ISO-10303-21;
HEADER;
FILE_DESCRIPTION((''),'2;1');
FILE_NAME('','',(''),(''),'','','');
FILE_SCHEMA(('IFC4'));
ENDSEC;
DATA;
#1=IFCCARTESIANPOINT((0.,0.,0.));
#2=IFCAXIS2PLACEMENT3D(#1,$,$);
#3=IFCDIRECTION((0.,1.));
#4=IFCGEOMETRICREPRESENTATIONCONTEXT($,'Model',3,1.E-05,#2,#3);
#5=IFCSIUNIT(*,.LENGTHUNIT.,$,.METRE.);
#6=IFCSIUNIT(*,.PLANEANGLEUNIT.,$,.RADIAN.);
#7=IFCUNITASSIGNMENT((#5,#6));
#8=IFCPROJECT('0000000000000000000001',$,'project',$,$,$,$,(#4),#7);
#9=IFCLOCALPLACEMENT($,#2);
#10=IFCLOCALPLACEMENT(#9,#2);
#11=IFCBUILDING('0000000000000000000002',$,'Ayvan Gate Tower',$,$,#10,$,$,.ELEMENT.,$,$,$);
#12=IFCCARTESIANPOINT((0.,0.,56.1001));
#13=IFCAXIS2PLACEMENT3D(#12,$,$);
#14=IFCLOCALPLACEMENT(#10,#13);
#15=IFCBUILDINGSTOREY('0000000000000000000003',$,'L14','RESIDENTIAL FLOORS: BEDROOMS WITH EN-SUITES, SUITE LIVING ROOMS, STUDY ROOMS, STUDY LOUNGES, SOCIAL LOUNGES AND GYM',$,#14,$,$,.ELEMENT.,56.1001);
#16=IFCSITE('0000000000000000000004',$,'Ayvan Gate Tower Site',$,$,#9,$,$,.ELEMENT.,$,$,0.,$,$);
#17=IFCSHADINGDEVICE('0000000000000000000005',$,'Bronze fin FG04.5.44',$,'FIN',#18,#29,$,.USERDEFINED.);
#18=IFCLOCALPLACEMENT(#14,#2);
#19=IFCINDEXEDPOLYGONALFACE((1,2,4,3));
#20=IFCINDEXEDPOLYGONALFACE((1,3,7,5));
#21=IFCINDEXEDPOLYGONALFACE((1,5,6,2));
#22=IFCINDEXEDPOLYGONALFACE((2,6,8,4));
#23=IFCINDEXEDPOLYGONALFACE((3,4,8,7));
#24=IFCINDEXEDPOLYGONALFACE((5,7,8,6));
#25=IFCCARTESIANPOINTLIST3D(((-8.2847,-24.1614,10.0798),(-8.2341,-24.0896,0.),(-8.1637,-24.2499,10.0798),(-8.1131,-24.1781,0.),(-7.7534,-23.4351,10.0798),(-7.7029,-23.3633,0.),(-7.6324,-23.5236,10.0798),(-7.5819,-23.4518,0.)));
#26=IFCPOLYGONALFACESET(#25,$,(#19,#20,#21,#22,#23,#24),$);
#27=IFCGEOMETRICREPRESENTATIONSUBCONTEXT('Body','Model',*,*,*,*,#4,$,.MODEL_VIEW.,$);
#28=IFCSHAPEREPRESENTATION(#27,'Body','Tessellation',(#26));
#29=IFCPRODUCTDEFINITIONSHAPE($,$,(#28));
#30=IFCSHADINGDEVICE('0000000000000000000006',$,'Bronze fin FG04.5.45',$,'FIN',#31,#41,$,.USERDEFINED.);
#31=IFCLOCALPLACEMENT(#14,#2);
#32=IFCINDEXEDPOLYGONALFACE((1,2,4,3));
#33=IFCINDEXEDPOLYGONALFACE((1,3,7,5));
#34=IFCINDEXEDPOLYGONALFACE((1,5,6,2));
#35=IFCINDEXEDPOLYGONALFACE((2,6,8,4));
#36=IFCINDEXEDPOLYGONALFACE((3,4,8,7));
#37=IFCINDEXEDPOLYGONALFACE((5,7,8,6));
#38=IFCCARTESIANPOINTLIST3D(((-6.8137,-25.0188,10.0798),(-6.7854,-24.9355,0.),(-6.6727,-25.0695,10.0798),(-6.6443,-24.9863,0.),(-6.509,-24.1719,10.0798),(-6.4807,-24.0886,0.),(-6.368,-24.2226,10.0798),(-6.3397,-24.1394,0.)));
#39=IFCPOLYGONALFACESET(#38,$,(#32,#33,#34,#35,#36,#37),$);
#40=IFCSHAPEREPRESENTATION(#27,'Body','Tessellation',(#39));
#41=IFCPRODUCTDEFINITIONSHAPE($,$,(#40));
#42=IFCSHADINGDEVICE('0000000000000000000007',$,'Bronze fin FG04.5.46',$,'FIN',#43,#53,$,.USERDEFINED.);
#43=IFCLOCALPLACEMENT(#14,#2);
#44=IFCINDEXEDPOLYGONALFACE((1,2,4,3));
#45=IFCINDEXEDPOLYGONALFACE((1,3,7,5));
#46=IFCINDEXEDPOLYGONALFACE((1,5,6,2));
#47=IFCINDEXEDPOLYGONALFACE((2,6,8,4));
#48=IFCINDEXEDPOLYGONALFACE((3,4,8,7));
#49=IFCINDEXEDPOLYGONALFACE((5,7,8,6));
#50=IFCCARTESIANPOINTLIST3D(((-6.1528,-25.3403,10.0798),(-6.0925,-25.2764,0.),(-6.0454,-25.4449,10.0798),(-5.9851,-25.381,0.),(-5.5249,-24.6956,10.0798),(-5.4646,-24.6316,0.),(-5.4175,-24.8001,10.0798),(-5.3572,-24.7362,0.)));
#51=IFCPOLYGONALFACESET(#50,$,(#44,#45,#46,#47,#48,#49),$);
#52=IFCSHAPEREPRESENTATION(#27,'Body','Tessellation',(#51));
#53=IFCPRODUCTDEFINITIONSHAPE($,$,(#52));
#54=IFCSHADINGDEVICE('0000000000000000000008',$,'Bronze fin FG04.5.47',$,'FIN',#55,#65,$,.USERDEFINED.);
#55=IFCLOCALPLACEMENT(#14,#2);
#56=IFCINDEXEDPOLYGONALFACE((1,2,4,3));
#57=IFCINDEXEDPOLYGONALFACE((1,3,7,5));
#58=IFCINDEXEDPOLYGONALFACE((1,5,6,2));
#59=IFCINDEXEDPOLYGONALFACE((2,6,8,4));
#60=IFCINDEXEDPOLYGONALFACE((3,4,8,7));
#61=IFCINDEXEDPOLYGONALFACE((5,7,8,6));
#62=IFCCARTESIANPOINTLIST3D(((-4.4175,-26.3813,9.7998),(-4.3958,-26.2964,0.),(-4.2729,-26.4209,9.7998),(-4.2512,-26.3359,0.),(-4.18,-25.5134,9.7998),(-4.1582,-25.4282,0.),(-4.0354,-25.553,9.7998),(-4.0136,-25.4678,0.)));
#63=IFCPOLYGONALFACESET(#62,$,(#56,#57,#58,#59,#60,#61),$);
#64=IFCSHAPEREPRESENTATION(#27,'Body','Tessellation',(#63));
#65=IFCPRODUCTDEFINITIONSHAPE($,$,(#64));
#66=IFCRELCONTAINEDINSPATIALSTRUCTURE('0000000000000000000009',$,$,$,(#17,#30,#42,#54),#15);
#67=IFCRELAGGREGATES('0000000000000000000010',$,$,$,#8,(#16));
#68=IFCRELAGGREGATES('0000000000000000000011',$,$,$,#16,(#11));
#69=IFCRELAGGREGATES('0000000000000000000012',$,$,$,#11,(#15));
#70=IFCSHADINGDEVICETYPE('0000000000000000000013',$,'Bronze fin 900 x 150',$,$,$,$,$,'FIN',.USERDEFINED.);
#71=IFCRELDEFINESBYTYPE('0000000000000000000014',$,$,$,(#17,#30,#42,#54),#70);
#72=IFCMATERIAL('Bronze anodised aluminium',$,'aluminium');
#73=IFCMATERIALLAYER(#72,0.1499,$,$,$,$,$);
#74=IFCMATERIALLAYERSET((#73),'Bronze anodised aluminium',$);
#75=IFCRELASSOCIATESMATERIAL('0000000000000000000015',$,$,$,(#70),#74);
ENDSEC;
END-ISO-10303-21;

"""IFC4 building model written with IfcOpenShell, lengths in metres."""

from ifc_helpers import new_model, si_unit, direction, frame, origin, place, context, subcontext, project, spatial, polyline, outline, extrude, material, layer, layer_set, type_object, element, save


model = new_model("IFC4")

# Units and contexts
model_context = context("Model", 3, precision=1e-05, world=origin(), true_north=direction((0.0, 1.0)))
body_context = subcontext(model_context, "Body", "Model", "MODEL_VIEW")
ifc_project = project(units=[si_unit("LENGTHUNIT", "METRE"), si_unit("PLANEANGLEUNIT", "RADIAN")], contexts=[model_context])

# Site, building, storey
site_placement = place(None, origin())
site = spatial("IfcSite", under=ifc_project, at=site_placement, Name="Ayvan Gate Tower Site", CompositionType="ELEMENT", RefElevation=0.0)
building_placement = place(site_placement, origin())
building = spatial("IfcBuilding", under=site, at=building_placement, Name="Ayvan Gate Tower", CompositionType="ELEMENT")
storey_placement = place(building_placement, frame((0.0, 0.0, 56.1001)))
storey = spatial("IfcBuildingStorey", under=building, at=storey_placement, Name="L14", Description="RESIDENTIAL FLOORS: BEDROOMS WITH EN-SUITES, SUITE LIVING ROOMS, STUDY ROOMS, STUDY LOUNGES, SOCIAL LOUNGES AND GYM", CompositionType="ELEMENT", Elevation=56.1001)

# Shared definitions
ifc_material_1 = material(Name="Bronze anodised aluminium", Category="aluminium")

# Shading devices
ifc_layer_1 = layer(ifc_material_1, 0.1499)
ifc_layer_set_1 = layer_set([ifc_layer_1], Name="Bronze anodised aluminium")
shading_device_type = type_object("IfcShadingDeviceType", Name="Bronze fin 900 x 150", ElementType="FIN", PredefinedType="USERDEFINED", material=ifc_layer_set_1)
shading_device_1_placement = place(storey_placement, frame((-7.7029, -23.3633, 0.0), z_axis=(-0.807138, 0.590363, 0.000157), x_axis=(-0.590363, -0.807138, 0.0)))
element("IfcShadingDevice", 1, at=shading_device_1_placement, inside=storey, type_object=shading_device_type, Name="Bronze fin FG04.5.44", ObjectType="FIN", PredefinedType="USERDEFINED", context=body_context, shape_type="SweptSolid", body=[
    extrude(outline(polyline([(0.0, 0.0), (0.8999, 0.0), (0.9876, 10.0798), (0.0878, 10.0798), (0.0, 0.0)])), origin(), (0.0, 0.0, -1.0), 0.1499),
])
shading_device_2_placement = place(storey_placement, frame((-6.4807, -24.0886, 0.0), z_axis=(-0.94096, 0.338518, 0.000152), x_axis=(-0.338518, -0.94096, 0.0)))
element("IfcShadingDevice", 2, at=shading_device_2_placement, inside=storey, type_object=shading_device_type, Name="Bronze fin FG04.5.45", ObjectType="FIN", PredefinedType="USERDEFINED", context=body_context, shape_type="SweptSolid", body=[
    extrude(outline(polyline([(0.0, 0.0), (0.9001, 0.0), (0.988, 10.0798), (0.0879, 10.0798), (0.0, 0.0)])), origin(), (0.0, 0.0, -1.0), 0.1499),
])
shading_device_3_placement = place(storey_placement, frame((-5.4646, -24.6316, 0.0), z_axis=(-0.716403, 0.697686, 0.000142), x_axis=(-0.697686, -0.716403, 0.0)))
element("IfcShadingDevice", 3, at=shading_device_3_placement, inside=storey, type_object=shading_device_type, Name="Bronze fin FG04.5.46", ObjectType="FIN", PredefinedType="USERDEFINED", context=body_context, shape_type="SweptSolid", body=[
    extrude(outline(polyline([(0.0, 0.0), (0.9, 0.0), (0.9879, 10.0798), (0.0879, 10.0798), (0.0, 0.0)])), origin(), (0.0, 0.0, -1.0), 0.1499),
])
shading_device_4_placement = place(storey_placement, frame((-4.1582, -25.4282, 0.0), z_axis=(-0.964535, 0.263955, 0.000153), x_axis=(-0.263955, -0.964535, 0.0)))
element("IfcShadingDevice", 4, at=shading_device_4_placement, inside=storey, type_object=shading_device_type, Name="Bronze fin FG04.5.47", ObjectType="FIN", PredefinedType="USERDEFINED", context=body_context, shape_type="SweptSolid", body=[
    extrude(outline(polyline([(0.0, 0.0), (0.9001, 0.0), (0.9878, 9.7998), (0.0879, 9.7998), (0.0, 0.0)])), origin(), (0.0, 0.0, -1.0), 0.1499),
])

save(model, "model.ifc")
